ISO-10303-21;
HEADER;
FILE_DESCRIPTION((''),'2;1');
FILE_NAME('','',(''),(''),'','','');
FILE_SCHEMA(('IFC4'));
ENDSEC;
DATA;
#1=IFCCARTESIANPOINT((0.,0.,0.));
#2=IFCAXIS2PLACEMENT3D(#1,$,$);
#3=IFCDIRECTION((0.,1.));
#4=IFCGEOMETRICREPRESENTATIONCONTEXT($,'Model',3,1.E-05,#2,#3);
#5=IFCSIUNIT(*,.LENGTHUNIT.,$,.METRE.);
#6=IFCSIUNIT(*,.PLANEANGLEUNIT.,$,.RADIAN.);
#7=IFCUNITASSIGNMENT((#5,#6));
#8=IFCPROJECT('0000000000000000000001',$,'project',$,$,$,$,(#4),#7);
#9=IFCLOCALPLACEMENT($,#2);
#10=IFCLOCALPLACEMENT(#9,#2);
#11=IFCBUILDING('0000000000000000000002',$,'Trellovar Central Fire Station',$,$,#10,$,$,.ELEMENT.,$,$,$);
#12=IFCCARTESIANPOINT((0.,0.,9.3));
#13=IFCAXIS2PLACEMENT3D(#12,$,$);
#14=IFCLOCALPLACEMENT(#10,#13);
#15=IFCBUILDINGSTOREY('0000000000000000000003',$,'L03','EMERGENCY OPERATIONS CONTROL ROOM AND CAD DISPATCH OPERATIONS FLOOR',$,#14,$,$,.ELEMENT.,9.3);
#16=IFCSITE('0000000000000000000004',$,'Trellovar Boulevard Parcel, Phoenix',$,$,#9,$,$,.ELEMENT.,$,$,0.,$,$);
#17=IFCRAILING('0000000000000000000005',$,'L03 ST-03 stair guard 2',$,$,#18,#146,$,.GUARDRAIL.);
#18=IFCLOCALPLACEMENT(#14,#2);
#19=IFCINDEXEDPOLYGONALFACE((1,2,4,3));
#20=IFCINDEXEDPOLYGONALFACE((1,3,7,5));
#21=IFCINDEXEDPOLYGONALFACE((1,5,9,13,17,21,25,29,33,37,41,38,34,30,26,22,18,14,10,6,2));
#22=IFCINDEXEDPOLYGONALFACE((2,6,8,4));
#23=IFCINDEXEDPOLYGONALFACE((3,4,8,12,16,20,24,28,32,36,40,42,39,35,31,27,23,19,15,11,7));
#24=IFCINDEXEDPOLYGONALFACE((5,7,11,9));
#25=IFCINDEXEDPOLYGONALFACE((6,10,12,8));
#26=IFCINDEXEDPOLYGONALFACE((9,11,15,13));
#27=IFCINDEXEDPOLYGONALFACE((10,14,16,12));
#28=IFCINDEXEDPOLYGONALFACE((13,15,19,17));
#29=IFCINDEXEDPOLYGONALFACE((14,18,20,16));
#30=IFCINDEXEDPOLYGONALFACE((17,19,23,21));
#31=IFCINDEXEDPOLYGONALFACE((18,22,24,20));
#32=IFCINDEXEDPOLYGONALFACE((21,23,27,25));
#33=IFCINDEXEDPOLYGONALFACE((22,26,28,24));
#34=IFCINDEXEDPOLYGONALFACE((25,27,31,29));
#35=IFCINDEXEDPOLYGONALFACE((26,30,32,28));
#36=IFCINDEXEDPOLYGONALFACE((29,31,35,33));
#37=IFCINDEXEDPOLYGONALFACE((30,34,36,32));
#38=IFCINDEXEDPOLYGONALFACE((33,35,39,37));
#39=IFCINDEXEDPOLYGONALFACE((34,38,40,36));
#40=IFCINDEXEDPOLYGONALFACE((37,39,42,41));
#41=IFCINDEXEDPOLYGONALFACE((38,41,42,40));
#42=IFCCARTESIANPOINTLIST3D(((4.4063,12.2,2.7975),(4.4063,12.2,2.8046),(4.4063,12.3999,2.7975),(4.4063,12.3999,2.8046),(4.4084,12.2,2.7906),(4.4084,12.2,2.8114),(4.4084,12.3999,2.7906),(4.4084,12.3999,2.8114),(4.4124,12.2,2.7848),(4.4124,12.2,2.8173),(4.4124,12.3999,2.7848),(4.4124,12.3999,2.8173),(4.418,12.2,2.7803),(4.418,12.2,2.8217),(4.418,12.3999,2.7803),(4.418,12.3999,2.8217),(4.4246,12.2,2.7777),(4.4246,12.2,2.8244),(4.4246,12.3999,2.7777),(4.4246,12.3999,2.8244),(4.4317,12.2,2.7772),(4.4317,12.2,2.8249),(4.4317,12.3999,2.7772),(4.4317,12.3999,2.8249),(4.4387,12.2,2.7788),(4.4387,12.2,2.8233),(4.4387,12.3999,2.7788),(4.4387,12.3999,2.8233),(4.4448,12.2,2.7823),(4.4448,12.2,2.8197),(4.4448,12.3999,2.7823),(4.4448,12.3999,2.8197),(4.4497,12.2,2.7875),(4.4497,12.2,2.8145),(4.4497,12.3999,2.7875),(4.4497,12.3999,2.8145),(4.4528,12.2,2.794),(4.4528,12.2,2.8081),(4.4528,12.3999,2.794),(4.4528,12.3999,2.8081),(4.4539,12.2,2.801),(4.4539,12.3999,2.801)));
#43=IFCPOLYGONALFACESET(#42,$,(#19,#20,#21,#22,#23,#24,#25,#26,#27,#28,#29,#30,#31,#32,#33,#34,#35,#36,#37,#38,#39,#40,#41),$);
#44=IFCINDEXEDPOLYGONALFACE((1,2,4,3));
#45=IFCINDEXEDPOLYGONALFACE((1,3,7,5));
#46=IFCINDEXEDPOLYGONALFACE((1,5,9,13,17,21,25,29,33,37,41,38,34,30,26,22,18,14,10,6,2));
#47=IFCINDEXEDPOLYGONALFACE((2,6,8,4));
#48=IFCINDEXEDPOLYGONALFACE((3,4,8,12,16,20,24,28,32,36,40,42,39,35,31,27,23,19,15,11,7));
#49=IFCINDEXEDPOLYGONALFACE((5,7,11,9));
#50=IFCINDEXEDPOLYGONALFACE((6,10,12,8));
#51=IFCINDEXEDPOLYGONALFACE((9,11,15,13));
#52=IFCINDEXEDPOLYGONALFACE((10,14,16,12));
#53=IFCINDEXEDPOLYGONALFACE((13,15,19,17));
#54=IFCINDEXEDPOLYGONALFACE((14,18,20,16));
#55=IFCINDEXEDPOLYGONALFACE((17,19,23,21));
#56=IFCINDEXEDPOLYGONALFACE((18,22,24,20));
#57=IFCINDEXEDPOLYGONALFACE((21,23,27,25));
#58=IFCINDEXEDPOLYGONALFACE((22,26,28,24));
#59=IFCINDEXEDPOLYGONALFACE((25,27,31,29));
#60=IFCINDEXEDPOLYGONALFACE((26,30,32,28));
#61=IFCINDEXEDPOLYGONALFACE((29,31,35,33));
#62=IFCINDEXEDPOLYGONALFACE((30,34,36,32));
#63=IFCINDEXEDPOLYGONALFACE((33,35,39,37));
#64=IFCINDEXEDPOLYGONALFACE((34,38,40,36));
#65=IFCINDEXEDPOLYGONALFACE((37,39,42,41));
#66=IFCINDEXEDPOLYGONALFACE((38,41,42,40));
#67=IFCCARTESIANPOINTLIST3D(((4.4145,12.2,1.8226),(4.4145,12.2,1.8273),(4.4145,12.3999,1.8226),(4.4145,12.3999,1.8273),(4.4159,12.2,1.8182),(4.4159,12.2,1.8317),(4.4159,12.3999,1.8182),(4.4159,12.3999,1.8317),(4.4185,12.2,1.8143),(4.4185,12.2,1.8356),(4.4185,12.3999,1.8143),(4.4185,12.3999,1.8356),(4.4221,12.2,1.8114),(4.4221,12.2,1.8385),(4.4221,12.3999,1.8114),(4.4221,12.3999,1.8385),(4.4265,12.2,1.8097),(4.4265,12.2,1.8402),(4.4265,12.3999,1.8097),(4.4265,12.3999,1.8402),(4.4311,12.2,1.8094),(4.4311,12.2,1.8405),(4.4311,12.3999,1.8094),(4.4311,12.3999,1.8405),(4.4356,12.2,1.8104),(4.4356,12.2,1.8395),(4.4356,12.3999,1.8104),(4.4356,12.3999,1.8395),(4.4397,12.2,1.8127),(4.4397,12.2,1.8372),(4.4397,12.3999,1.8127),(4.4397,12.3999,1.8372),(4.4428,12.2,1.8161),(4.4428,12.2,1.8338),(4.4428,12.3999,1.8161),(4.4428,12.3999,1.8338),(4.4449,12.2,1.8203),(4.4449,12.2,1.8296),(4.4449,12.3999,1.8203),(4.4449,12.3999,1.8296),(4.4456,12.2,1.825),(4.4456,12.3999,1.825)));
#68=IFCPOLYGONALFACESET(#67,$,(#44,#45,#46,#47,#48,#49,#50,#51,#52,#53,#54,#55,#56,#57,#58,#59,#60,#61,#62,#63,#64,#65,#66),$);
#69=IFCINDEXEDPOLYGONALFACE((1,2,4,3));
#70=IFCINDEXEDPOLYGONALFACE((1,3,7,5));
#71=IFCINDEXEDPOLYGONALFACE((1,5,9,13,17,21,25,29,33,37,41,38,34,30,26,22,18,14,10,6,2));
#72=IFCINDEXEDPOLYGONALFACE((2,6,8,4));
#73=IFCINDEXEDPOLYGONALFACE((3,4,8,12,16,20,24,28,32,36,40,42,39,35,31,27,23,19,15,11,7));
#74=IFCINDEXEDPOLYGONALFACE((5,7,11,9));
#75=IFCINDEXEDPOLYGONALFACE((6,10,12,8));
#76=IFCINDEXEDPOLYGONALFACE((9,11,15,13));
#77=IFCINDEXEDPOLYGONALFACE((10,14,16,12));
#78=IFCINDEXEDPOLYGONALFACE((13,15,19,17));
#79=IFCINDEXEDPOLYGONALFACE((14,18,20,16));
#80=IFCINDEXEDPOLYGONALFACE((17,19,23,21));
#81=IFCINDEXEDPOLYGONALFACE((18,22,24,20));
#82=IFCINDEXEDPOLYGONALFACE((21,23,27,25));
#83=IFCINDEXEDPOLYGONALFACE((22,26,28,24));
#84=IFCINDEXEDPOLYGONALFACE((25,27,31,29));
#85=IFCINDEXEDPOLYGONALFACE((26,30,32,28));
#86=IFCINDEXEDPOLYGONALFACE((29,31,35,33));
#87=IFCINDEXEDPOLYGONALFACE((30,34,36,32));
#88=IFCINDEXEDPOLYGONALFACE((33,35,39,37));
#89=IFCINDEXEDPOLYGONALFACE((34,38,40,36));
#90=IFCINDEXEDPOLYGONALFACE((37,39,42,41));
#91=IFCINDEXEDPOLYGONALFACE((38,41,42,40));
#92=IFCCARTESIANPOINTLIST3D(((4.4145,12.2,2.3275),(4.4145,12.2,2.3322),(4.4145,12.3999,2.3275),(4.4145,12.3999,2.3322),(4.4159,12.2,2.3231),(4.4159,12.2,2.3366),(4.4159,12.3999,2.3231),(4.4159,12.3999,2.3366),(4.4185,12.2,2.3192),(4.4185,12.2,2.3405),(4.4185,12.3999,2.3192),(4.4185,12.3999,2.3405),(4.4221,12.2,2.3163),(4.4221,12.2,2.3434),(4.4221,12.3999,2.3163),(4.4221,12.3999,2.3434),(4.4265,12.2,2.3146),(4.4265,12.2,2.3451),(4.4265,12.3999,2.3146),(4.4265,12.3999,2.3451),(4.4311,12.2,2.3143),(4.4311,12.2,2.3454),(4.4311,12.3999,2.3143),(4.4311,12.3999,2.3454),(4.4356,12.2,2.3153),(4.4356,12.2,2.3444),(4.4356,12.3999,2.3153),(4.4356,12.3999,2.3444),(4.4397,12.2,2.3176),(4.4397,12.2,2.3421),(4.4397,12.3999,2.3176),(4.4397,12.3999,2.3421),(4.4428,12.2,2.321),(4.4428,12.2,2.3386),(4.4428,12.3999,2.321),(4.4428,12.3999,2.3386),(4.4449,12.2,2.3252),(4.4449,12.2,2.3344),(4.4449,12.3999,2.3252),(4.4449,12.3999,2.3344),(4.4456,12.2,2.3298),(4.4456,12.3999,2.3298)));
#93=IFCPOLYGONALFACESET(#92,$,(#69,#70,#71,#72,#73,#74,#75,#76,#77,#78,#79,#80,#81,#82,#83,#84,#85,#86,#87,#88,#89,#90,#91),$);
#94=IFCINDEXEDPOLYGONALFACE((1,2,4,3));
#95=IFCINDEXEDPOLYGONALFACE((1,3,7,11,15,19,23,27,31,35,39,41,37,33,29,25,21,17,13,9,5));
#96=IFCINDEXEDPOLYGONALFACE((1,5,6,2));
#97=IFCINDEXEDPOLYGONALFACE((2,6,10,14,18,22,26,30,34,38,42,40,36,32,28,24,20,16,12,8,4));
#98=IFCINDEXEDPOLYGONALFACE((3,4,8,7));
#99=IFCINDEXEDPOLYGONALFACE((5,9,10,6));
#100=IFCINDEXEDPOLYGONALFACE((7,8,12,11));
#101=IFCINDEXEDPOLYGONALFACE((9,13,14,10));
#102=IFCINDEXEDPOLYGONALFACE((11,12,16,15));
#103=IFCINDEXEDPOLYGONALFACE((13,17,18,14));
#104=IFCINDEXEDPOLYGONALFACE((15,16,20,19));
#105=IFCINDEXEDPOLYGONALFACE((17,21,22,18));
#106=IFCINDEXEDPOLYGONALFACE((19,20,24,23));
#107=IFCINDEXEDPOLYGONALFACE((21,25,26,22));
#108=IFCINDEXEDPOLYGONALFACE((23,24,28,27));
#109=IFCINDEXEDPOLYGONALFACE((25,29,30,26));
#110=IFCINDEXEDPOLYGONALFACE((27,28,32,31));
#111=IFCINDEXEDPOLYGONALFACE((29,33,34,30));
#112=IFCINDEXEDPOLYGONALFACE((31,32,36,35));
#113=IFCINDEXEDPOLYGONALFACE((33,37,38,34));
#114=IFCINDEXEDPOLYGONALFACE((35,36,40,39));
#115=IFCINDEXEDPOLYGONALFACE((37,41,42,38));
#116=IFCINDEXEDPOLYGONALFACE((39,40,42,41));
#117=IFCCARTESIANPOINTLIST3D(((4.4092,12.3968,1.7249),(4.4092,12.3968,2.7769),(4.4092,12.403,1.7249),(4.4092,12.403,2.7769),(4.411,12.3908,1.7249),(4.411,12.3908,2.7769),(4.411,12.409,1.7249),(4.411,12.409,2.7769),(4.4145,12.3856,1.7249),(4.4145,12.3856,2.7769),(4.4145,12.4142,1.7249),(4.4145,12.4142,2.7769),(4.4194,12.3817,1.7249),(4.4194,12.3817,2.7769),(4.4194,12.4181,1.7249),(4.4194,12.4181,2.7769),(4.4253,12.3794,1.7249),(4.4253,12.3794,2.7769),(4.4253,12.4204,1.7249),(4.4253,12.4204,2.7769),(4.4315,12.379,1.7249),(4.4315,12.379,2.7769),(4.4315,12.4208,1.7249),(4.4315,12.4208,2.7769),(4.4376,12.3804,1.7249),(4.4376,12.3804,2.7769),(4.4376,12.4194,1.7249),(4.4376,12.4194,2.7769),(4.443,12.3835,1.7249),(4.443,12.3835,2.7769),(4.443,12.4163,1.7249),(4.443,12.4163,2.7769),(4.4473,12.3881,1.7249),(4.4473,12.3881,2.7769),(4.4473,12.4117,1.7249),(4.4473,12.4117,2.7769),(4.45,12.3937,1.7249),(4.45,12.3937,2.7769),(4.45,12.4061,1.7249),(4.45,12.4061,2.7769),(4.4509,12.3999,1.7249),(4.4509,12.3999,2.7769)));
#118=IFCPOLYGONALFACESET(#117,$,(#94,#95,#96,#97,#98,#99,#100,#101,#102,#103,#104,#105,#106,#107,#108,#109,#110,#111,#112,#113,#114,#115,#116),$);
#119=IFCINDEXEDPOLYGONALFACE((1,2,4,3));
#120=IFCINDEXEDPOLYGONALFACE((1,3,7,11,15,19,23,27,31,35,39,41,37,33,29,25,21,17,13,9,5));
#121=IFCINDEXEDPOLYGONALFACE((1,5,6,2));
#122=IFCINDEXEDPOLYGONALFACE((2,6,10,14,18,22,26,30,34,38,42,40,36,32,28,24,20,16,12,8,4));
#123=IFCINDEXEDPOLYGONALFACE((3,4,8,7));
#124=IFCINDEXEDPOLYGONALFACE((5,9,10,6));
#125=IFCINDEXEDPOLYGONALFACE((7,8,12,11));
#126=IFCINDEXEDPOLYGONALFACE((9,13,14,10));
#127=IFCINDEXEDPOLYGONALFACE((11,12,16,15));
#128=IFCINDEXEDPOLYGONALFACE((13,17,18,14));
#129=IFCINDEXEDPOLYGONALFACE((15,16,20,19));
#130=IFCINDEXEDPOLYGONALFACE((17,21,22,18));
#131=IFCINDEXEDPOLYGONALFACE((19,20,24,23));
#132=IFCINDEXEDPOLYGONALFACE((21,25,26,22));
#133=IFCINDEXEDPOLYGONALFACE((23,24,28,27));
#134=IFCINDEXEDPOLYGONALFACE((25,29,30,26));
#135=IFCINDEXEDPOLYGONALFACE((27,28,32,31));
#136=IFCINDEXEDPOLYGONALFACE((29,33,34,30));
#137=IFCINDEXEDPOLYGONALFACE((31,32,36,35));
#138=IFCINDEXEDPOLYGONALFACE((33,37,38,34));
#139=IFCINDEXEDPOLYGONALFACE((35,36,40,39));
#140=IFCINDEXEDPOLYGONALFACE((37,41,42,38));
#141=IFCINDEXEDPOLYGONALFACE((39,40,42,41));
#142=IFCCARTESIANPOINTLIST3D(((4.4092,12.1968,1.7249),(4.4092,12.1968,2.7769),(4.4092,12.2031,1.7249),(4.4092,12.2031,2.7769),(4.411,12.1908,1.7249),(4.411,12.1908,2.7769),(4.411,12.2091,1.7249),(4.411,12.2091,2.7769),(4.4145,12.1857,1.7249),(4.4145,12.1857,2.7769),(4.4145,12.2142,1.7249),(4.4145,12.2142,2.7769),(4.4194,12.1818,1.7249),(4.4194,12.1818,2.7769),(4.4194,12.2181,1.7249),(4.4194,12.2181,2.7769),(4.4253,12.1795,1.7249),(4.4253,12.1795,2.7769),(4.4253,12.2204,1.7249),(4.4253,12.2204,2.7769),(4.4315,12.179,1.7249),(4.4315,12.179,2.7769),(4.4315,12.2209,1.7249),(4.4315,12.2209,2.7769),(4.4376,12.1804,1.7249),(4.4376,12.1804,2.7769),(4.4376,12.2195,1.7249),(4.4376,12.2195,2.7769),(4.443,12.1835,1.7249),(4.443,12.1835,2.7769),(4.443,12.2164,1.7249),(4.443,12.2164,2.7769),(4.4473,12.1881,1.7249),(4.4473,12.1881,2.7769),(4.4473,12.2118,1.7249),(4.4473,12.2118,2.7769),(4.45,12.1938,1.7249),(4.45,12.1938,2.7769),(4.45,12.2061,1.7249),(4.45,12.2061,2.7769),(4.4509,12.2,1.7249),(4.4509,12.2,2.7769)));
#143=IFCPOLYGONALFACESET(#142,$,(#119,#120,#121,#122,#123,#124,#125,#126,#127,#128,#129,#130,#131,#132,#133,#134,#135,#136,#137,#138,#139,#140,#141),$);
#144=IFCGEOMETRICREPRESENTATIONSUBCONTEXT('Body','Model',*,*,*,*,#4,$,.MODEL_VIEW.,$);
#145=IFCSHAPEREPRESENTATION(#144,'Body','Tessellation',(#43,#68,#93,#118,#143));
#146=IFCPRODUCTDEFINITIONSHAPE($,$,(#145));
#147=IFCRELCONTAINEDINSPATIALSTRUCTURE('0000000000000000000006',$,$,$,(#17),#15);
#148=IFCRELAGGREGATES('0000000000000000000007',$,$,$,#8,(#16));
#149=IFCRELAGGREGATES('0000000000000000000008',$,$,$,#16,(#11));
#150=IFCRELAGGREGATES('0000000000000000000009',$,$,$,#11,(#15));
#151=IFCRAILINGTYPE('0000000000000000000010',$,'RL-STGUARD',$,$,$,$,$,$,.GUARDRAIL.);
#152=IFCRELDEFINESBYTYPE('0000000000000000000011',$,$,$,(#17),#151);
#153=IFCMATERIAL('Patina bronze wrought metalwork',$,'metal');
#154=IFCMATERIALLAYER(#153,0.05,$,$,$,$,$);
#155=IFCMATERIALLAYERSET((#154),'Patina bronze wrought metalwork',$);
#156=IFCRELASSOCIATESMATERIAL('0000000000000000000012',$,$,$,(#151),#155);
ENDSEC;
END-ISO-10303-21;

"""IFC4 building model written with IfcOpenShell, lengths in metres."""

from ifc_helpers import new_model, si_unit, direction, frame, origin, origin_2d, place, context, subcontext, project, spatial, circle, extrude, material, layer, layer_set, type_object, element, save


model = new_model("IFC4")

# Units and contexts
model_context = context("Model", 3, precision=1e-05, world=origin(), true_north=direction((0.0, 1.0)))
body_context = subcontext(model_context, "Body", "Model", "MODEL_VIEW")
ifc_project = project(units=[si_unit("LENGTHUNIT", "METRE"), si_unit("PLANEANGLEUNIT", "RADIAN")], contexts=[model_context])

# Site, building, storey
site_placement = place(None, origin())
site = spatial("IfcSite", under=ifc_project, at=site_placement, Name="Trellovar Boulevard Parcel, Phoenix", CompositionType="ELEMENT", RefElevation=0.0)
building_placement = place(site_placement, origin())
building = spatial("IfcBuilding", under=site, at=building_placement, Name="Trellovar Central Fire Station", CompositionType="ELEMENT")
storey_placement = place(building_placement, frame((0.0, 0.0, 9.3)))
storey = spatial("IfcBuildingStorey", under=building, at=storey_placement, Name="L03", Description="EMERGENCY OPERATIONS CONTROL ROOM AND CAD DISPATCH OPERATIONS FLOOR", CompositionType="ELEMENT", Elevation=9.3)

# Railing
ifc_material_1 = material(Name="Patina bronze wrought metalwork", Category="metal")
ifc_layer_1 = layer(ifc_material_1, 0.05)
ifc_layer_set_1 = layer_set([ifc_layer_1], Name="Patina bronze wrought metalwork")
railing_type_1 = type_object("IfcRailingType", Name="RL-STGUARD", PredefinedType="GUARDRAIL", material=ifc_layer_set_1)
railing_1_placement = place(storey_placement, frame((4.4299, 12.3999, 1.7249)))
element("IfcRailing", 1, at=railing_1_placement, inside=storey, type_object=railing_type_1, Name="L03 ST-03 stair guard 2", PredefinedType="GUARDRAIL", context=body_context, shape_type="SweptSolid", body=[
    extrude(circle(Radius=0.0239, at=origin_2d()), frame((0.0, 0.0, 1.0762), z_axis=(0.0, -1.0, 0.0), x_axis=(1.0, 0.0, 0.0)), (0.0, 0.0, 1.0), 0.2),
    extrude(circle(Radius=0.0156, at=origin_2d()), frame((0.0, 0.0, 0.1001), z_axis=(0.0, -1.0, 0.0), x_axis=(1.0, 0.0, 0.0)), (0.0, 0.0, 1.0), 0.2),
    extrude(circle(Radius=0.0156, at=origin_2d()), frame((0.0, 0.0, 0.605), z_axis=(0.0, -1.0, 0.0), x_axis=(1.0, 0.0, 0.0)), (0.0, 0.0, 1.0), 0.2),
    extrude(circle(Radius=0.021, at=origin_2d()), origin(), (0.0, 0.0, 1.0), 1.052),
    extrude(circle(Radius=0.021, at=origin_2d()), frame((0.0, -0.2, 0.0)), (0.0, 0.0, 1.0), 1.052),
])

save(model, "model.ifc")
